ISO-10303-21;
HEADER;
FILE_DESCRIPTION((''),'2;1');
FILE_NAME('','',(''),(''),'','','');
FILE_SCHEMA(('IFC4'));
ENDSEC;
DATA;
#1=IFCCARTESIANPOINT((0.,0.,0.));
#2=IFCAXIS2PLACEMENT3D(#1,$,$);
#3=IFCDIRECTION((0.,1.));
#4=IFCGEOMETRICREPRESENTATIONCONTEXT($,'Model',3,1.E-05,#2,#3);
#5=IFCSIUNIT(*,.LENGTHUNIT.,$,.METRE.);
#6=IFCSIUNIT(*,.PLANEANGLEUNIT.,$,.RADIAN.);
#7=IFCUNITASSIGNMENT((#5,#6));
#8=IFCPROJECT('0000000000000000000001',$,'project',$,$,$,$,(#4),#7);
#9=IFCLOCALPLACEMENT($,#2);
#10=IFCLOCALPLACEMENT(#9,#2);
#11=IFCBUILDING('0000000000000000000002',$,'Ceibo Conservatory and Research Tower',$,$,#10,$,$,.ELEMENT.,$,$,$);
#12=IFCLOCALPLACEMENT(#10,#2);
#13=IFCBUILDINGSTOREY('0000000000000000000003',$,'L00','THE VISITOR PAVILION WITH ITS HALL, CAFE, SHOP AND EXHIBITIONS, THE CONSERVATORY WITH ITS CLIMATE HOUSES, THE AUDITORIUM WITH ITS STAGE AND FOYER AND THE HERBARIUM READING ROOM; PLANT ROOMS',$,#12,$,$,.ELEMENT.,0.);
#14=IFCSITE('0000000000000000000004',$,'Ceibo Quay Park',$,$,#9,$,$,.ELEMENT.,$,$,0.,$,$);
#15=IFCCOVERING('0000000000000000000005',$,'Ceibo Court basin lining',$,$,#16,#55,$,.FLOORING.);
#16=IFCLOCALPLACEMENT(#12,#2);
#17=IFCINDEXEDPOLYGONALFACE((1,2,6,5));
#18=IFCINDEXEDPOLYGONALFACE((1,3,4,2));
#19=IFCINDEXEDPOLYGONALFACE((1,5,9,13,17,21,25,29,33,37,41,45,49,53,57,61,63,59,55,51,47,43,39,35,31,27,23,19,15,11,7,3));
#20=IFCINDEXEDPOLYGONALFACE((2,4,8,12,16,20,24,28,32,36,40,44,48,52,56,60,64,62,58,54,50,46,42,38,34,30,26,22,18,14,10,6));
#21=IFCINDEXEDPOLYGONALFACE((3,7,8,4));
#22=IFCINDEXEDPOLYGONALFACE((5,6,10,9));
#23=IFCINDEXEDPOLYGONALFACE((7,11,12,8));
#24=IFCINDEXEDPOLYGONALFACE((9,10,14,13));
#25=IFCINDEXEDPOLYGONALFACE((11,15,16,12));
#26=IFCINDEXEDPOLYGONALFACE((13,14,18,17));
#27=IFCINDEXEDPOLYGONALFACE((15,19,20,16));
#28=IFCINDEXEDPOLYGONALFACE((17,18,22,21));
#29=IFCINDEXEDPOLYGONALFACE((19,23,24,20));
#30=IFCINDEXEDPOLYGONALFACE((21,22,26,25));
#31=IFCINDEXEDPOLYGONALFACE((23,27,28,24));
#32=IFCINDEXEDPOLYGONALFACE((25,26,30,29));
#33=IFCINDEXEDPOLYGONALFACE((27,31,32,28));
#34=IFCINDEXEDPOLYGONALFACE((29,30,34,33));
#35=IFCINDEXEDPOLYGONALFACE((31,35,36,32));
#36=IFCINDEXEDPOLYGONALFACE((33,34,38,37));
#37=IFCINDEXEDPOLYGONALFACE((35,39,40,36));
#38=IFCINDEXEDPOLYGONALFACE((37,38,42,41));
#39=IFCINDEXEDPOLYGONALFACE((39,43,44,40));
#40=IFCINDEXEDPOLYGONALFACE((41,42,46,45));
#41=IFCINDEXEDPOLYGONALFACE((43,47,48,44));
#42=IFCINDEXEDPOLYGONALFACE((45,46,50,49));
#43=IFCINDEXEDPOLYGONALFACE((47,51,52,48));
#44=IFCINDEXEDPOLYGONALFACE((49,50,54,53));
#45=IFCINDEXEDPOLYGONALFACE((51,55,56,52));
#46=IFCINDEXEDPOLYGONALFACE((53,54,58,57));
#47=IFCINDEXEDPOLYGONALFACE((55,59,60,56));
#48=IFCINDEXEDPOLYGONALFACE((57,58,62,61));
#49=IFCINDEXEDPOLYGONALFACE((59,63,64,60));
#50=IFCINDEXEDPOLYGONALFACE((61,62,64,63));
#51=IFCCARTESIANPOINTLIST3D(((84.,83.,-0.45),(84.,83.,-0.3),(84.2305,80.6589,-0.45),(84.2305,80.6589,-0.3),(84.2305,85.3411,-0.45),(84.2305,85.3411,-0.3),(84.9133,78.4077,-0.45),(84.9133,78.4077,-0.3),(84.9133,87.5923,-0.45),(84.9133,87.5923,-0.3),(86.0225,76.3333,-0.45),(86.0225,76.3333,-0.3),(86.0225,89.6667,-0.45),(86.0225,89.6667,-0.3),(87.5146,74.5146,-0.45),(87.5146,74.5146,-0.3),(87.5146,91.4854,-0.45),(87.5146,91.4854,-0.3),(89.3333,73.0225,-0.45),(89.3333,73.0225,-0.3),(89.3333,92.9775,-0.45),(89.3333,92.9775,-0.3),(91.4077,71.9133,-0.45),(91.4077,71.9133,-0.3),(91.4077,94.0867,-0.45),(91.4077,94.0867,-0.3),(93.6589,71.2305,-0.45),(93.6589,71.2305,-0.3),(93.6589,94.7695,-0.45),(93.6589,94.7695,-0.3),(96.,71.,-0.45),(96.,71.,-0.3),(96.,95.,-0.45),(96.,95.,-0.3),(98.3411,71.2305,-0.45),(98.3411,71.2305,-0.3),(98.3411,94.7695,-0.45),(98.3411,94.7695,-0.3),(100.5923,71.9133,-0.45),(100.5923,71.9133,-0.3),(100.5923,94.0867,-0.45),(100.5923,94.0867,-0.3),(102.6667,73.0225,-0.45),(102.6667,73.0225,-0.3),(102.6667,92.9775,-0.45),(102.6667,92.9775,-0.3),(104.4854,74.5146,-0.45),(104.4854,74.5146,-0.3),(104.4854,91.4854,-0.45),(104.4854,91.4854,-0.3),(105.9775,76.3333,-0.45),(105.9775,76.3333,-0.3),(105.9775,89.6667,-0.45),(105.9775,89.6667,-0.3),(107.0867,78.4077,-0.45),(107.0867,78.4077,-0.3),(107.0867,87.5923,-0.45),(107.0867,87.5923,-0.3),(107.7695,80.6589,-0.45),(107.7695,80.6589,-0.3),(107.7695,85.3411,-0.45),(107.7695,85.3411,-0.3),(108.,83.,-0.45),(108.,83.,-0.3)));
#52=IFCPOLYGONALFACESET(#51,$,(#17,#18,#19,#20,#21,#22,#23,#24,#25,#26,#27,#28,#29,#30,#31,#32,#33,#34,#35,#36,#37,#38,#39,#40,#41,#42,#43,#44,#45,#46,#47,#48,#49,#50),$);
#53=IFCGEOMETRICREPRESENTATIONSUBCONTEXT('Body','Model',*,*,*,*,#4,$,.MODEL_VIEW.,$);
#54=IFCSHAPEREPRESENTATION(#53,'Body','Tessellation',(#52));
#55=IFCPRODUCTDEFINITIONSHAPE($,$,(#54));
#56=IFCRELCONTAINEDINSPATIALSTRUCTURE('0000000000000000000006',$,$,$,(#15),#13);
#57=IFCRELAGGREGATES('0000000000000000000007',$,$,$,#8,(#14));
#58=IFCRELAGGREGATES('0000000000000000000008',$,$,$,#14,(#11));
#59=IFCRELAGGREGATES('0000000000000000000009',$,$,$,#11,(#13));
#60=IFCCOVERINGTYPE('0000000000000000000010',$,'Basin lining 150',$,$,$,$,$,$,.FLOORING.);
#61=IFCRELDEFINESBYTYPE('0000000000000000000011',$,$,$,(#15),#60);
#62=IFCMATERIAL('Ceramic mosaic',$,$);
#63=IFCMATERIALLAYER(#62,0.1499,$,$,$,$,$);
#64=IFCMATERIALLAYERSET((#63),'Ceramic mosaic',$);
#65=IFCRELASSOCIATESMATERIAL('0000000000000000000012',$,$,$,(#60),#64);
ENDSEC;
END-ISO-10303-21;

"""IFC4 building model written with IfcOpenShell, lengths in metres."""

from ifc_helpers import new_model, si_unit, direction, frame, origin, place, context, subcontext, project, spatial, polyline, outline, extrude, material, layer, layer_set, type_object, element, save


model = new_model("IFC4")

# Units and contexts
model_context = context("Model", 3, precision=1e-05, world=origin(), true_north=direction((0.0, 1.0)))
body_context = subcontext(model_context, "Body", "Model", "MODEL_VIEW")
ifc_project = project(units=[si_unit("LENGTHUNIT", "METRE"), si_unit("PLANEANGLEUNIT", "RADIAN")], contexts=[model_context])

# Site, building, storey
site_placement = place(None, origin())
site = spatial("IfcSite", under=ifc_project, at=site_placement, Name="Ceibo Quay Park", CompositionType="ELEMENT", RefElevation=0.0)
building_placement = place(site_placement, origin())
building = spatial("IfcBuilding", under=site, at=building_placement, Name="Ceibo Conservatory and Research Tower", CompositionType="ELEMENT")
storey_placement = place(building_placement, origin())
storey = spatial("IfcBuildingStorey", under=building, at=storey_placement, Name="L00", Description="THE VISITOR PAVILION WITH ITS HALL, CAFE, SHOP AND EXHIBITIONS, THE CONSERVATORY WITH ITS CLIMATE HOUSES, THE AUDITORIUM WITH ITS STAGE AND FOYER AND THE HERBARIUM READING ROOM; PLANT ROOMS", CompositionType="ELEMENT", Elevation=0.0)

# Covering
ifc_material_1 = material(Name="Ceramic mosaic")
ifc_layer_1 = layer(ifc_material_1, 0.1499)
ifc_layer_set_1 = layer_set([ifc_layer_1], Name="Ceramic mosaic")
covering_type = type_object("IfcCoveringType", Name="Basin lining 150", PredefinedType="FLOORING", material=ifc_layer_set_1)
covering_placement = place(storey_placement, frame((0.0, 0.0, -0.45)))
element("IfcCovering", 1, at=covering_placement, inside=storey, type_object=covering_type, Name="Ceibo Court basin lining", PredefinedType="FLOORING", context=body_context, shape_type="SweptSolid", body=[
    extrude(outline(polyline([(108.0, 83.0), (107.7695, 85.3411), (107.0867, 87.5923), (105.9775, 89.6667), (104.4854, 91.4854), (102.6667, 92.9775), (100.5923, 94.0867), (98.3411, 94.7695), (96.0, 95.0), (93.6589, 94.7695), (91.4077, 94.0867), (89.3333, 92.9775), (87.5146, 91.4854), (86.0225, 89.6667), (84.9133, 87.5923), (84.2305, 85.3411), (84.0, 83.0), (84.2305, 80.6589), (84.9133, 78.4077), (86.0225, 76.3333), (87.5146, 74.5146), (89.3333, 73.0225), (91.4077, 71.9133), (93.6589, 71.2305), (96.0, 71.0), (98.3411, 71.2305), (100.5923, 71.9133), (102.6667, 73.0225), (104.4854, 74.5146), (105.9775, 76.3333), (107.0867, 78.4077), (107.7695, 80.6589), (108.0, 83.0)])), origin(), (0.0, 0.0, 1.0), 0.1499),
])

save(model, "model.ifc")
